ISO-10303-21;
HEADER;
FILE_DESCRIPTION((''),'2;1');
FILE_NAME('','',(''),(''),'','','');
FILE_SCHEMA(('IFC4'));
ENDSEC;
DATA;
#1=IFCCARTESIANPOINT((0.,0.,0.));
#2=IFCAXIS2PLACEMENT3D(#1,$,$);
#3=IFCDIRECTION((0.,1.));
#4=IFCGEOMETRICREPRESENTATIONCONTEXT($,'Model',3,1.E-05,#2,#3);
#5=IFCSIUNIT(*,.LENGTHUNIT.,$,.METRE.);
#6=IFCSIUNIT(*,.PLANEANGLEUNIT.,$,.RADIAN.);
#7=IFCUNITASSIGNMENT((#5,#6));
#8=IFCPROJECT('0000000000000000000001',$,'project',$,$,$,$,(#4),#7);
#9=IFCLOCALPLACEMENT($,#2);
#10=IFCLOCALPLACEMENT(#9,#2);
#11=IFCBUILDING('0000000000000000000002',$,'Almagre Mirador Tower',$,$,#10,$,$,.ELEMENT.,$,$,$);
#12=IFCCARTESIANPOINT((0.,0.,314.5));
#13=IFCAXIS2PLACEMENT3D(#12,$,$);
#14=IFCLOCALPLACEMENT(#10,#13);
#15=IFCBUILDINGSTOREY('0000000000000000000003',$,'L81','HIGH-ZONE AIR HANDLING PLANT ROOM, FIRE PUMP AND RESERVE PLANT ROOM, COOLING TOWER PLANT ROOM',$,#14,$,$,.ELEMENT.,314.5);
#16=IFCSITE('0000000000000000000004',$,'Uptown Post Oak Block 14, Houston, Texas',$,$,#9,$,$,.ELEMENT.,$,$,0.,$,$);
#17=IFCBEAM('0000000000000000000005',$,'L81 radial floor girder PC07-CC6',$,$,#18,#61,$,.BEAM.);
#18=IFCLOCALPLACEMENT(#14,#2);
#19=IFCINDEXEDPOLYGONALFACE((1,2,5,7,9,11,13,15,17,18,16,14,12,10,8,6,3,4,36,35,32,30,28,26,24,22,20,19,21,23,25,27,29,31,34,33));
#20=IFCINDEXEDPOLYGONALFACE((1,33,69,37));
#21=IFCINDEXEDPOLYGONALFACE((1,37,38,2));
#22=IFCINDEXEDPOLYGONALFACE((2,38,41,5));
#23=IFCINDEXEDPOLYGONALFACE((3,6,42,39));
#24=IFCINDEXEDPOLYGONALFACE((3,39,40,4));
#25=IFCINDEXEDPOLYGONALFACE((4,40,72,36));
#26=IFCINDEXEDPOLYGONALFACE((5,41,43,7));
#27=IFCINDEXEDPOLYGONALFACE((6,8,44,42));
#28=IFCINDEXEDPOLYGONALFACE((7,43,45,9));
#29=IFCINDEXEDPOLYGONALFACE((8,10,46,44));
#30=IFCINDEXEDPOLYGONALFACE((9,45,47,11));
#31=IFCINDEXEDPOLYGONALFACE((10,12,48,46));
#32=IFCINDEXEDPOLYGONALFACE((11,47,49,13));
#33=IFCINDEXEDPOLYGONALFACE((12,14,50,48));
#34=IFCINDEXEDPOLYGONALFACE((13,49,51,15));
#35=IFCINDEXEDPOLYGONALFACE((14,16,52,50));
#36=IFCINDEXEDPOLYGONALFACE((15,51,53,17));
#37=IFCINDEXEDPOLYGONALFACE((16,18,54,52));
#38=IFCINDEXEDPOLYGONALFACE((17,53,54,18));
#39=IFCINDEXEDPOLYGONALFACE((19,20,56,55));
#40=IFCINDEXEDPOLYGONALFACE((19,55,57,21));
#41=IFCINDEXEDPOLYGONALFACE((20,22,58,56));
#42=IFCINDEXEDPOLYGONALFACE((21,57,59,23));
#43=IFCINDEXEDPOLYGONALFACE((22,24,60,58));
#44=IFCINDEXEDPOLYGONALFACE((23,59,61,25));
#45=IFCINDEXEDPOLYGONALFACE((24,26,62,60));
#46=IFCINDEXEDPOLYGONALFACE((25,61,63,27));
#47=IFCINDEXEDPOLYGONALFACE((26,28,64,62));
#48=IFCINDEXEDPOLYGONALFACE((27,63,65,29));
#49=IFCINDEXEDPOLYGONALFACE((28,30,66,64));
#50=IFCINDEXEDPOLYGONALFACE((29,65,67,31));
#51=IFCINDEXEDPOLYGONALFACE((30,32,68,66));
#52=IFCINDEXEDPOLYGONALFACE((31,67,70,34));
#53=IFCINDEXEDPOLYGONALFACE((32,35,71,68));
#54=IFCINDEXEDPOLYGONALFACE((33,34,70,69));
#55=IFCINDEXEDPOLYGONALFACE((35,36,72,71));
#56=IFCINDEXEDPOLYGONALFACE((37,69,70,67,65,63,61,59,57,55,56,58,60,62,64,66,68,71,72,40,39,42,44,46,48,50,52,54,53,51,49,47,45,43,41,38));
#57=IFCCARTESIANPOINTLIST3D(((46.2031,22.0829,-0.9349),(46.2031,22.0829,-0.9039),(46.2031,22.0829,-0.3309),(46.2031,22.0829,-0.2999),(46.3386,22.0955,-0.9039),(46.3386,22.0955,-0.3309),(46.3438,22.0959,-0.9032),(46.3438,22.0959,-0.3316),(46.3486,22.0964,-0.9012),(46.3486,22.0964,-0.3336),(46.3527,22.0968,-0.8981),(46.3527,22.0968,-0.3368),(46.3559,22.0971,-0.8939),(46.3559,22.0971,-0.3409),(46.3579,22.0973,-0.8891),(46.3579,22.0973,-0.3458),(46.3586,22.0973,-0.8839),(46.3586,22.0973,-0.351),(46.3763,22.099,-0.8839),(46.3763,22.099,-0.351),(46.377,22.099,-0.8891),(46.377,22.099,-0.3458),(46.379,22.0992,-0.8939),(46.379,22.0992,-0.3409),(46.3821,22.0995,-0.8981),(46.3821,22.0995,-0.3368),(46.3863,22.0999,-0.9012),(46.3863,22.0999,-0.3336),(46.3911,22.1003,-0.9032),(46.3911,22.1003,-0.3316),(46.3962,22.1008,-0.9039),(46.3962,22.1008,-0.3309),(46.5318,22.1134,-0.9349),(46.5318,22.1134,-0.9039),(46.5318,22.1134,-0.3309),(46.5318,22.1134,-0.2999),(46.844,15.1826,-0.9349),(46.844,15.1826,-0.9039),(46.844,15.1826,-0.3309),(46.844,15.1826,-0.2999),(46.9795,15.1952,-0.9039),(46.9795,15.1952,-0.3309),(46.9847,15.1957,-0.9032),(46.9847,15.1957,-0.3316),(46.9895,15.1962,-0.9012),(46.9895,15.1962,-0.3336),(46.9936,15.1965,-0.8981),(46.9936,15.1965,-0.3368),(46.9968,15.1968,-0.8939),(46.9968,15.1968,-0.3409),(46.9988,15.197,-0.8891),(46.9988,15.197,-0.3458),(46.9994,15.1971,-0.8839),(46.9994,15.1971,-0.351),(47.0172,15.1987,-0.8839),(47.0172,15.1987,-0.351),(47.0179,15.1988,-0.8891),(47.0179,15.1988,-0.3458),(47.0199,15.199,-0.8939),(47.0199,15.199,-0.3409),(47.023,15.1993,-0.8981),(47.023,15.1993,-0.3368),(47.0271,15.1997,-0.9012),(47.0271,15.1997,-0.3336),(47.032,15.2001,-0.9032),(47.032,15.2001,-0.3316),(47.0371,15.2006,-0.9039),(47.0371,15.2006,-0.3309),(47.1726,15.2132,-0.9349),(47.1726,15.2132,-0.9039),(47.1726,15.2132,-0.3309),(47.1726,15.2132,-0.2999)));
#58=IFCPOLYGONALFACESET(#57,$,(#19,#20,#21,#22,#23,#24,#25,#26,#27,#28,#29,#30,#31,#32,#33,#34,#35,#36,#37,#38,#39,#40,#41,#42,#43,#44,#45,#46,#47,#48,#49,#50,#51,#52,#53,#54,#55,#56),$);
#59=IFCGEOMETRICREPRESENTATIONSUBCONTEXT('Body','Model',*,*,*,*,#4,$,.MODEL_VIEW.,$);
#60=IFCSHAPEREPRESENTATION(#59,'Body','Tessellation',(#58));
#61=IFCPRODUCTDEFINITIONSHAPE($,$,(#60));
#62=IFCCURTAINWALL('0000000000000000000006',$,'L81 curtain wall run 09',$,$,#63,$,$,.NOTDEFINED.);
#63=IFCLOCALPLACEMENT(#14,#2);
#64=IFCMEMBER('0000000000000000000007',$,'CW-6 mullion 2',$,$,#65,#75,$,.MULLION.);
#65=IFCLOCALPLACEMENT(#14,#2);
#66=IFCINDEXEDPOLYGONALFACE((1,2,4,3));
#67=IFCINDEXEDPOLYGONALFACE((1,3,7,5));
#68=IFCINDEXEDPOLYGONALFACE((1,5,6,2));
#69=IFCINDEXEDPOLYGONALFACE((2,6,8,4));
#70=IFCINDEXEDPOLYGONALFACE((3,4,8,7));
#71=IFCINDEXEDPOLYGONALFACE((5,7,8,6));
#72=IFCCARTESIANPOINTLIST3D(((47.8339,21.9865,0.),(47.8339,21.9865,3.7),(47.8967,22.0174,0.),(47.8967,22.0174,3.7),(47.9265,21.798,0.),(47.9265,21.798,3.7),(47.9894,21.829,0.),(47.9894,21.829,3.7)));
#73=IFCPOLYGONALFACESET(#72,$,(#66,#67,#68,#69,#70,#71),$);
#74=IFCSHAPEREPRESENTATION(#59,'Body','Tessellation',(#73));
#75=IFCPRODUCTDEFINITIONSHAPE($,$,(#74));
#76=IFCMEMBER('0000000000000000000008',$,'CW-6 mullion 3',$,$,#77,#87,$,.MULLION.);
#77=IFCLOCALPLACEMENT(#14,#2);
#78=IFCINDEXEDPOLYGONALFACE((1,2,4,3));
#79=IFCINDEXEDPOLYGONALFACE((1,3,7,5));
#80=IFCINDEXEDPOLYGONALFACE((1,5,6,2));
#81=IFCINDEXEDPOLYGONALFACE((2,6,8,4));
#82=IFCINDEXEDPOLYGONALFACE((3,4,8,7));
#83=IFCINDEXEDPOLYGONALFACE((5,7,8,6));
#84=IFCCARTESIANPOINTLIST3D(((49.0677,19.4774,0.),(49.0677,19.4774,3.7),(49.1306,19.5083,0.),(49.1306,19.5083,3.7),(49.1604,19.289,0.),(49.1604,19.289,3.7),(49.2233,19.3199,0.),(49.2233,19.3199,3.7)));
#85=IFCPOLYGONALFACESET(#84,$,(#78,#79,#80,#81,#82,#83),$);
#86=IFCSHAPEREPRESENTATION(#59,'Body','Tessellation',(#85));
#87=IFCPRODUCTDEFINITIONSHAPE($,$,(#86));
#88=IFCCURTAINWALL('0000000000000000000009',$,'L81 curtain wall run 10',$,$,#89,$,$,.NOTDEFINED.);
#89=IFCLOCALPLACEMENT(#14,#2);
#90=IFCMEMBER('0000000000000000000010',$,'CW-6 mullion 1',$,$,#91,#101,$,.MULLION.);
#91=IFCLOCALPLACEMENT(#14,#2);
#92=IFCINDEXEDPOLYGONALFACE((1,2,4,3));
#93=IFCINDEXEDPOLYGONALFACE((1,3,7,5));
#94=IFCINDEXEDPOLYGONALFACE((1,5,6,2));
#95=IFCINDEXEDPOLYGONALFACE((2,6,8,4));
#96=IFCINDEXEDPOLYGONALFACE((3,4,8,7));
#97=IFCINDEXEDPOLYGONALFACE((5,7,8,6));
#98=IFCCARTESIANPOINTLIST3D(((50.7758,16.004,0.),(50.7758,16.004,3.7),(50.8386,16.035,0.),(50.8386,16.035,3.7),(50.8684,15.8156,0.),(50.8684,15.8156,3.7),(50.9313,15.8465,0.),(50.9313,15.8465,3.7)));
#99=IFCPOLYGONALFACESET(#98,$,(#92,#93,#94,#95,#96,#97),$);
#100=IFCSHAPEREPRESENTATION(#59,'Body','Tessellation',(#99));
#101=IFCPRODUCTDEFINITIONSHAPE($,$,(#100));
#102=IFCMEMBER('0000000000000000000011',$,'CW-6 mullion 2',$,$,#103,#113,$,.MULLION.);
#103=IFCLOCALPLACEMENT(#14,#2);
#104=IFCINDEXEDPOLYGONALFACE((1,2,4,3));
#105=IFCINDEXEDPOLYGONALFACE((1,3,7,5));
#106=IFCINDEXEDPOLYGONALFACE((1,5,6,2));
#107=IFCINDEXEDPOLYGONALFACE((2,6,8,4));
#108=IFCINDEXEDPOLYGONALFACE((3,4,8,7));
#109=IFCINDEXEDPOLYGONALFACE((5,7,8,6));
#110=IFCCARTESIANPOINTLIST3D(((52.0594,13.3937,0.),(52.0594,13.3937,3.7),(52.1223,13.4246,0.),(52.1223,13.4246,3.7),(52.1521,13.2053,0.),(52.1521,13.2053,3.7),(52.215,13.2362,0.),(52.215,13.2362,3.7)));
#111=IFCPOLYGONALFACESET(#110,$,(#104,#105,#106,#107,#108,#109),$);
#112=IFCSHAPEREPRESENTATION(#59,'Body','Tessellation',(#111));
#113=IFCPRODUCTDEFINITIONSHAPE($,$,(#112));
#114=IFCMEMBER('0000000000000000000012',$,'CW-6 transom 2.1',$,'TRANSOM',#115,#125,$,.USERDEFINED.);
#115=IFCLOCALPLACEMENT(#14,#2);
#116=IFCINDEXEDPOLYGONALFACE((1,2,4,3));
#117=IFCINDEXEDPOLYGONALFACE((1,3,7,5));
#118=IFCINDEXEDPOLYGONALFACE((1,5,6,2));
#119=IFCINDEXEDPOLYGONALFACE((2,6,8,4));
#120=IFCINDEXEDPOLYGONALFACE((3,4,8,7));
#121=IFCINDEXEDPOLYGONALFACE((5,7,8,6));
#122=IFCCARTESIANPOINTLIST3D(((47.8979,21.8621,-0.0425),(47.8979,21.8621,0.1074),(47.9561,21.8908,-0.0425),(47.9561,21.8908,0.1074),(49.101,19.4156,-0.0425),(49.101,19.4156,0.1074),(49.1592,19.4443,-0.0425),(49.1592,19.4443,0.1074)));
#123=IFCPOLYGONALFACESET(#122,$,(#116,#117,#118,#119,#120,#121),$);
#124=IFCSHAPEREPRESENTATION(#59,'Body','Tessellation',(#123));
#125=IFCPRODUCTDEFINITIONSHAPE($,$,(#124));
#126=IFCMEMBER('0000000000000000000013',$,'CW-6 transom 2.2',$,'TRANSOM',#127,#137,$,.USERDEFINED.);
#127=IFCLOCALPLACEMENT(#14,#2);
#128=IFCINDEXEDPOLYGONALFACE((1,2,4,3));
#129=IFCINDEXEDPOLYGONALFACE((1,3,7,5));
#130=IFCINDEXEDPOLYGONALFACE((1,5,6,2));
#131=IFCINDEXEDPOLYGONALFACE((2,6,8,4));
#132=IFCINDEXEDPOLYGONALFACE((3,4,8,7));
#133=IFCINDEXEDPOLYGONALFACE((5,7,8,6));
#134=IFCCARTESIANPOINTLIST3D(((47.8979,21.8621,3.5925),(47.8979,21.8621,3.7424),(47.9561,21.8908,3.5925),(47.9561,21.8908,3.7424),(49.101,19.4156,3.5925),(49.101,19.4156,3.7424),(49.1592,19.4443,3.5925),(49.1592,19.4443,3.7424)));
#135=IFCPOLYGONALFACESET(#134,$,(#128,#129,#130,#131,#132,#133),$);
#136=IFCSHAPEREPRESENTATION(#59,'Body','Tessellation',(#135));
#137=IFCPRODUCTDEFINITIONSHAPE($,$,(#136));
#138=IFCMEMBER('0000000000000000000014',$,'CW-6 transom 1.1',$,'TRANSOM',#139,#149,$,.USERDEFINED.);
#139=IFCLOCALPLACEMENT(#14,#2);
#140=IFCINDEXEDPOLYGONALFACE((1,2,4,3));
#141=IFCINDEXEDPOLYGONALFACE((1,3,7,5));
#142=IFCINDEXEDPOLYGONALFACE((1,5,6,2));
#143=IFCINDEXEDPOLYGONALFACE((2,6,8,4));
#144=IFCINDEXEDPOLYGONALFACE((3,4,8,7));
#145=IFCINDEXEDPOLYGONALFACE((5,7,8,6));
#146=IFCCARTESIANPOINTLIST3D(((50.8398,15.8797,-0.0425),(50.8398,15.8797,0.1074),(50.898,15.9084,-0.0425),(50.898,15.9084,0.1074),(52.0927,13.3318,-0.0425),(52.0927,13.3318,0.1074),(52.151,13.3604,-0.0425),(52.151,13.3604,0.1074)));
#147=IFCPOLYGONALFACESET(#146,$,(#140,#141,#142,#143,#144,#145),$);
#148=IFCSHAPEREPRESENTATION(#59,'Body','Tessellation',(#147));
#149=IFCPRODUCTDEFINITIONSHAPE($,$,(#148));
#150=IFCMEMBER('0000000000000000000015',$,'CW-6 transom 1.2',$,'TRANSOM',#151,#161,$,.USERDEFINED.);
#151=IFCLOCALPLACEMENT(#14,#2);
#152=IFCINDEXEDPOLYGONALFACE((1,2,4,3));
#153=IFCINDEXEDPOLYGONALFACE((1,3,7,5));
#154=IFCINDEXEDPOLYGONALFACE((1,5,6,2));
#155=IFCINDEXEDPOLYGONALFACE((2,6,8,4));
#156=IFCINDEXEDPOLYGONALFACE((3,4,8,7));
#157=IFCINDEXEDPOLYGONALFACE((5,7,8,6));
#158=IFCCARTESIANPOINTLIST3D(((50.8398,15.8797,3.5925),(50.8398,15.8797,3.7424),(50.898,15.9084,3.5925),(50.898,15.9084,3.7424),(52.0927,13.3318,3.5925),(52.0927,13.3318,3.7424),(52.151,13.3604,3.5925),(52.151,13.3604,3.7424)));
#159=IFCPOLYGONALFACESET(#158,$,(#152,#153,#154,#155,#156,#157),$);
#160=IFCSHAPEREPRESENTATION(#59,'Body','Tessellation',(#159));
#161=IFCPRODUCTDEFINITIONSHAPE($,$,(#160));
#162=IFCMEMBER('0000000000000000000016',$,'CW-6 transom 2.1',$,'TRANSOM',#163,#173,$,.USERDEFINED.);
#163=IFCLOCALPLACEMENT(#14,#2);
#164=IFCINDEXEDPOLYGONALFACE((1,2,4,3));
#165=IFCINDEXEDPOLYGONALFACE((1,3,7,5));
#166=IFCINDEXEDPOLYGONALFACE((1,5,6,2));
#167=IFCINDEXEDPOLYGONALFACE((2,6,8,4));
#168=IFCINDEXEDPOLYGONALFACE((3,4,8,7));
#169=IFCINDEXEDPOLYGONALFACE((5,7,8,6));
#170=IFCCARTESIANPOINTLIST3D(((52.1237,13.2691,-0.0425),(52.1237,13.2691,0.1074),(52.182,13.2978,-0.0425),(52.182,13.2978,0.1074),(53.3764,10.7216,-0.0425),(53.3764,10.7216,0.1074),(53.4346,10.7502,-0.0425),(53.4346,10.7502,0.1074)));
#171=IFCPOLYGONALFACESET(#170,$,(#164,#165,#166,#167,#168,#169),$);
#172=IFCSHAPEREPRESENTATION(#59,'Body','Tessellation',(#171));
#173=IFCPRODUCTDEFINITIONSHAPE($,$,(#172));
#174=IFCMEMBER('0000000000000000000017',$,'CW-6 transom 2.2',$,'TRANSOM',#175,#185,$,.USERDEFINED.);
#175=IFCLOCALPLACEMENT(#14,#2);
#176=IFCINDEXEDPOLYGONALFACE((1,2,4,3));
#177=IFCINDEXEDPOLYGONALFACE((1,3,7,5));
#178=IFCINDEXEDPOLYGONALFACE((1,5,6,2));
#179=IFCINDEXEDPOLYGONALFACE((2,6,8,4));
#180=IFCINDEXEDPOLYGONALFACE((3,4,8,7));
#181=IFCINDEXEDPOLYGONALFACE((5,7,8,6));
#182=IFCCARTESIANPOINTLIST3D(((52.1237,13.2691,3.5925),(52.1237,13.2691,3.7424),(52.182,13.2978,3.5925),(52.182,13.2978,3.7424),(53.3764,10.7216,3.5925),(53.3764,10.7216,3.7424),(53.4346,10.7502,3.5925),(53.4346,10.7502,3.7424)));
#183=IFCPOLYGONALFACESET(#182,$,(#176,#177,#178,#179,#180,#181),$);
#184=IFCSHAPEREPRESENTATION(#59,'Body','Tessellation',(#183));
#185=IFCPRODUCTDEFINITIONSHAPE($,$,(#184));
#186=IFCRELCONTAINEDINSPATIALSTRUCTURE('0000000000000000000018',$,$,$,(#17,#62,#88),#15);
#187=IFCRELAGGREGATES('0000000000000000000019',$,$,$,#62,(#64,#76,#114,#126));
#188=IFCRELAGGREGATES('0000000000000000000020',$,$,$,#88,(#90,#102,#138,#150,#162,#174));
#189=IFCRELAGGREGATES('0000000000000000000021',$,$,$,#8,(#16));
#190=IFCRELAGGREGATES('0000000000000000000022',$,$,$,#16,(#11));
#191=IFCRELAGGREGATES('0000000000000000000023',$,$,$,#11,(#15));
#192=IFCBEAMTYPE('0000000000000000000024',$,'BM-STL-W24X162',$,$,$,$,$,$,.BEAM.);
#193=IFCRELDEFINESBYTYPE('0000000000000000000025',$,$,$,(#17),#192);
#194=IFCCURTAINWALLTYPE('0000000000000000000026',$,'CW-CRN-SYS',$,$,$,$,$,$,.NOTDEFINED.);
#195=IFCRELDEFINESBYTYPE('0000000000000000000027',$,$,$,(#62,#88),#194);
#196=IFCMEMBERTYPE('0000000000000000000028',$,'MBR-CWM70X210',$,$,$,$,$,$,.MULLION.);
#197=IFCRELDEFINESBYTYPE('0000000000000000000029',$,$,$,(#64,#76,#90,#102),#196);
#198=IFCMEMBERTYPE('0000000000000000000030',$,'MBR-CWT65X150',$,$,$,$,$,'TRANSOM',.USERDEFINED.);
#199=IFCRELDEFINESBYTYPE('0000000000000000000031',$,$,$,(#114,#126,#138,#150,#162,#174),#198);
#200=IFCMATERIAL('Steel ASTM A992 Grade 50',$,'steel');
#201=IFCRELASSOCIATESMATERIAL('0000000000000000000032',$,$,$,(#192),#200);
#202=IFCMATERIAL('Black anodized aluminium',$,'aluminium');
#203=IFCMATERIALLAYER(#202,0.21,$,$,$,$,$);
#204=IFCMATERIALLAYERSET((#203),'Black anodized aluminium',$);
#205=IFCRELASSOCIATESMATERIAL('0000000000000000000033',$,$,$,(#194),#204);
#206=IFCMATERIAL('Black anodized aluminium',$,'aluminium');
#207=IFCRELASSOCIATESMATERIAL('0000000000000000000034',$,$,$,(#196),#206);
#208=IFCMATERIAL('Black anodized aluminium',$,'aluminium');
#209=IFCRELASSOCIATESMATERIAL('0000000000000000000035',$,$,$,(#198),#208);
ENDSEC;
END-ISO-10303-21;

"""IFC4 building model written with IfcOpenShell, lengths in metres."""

from ifc_helpers import new_model, si_unit, direction, frame, origin, origin_2d, place, context, subcontext, project, spatial, rectangle, i_section, extrude, material, layer, layer_set, material_profile, profile_set, type_object, element, aggregate, save


model = new_model("IFC4")

# Units and contexts
model_context = context("Model", 3, precision=1e-05, world=origin(), true_north=direction((0.0, 1.0)))
body_context = subcontext(model_context, "Body", "Model", "MODEL_VIEW")
ifc_project = project(units=[si_unit("LENGTHUNIT", "METRE"), si_unit("PLANEANGLEUNIT", "RADIAN")], contexts=[model_context])

# Site, building, storey
site_placement = place(None, origin())
site = spatial("IfcSite", under=ifc_project, at=site_placement, Name="Uptown Post Oak Block 14, Houston, Texas", CompositionType="ELEMENT", RefElevation=0.0)
building_placement = place(site_placement, origin())
building = spatial("IfcBuilding", under=site, at=building_placement, Name="Almagre Mirador Tower", CompositionType="ELEMENT")
storey_placement = place(building_placement, frame((0.0, 0.0, 314.5)))
storey = spatial("IfcBuildingStorey", under=building, at=storey_placement, Name="L81", Description="HIGH-ZONE AIR HANDLING PLANT ROOM, FIRE PUMP AND RESERVE PLANT ROOM, COOLING TOWER PLANT ROOM", CompositionType="ELEMENT", Elevation=314.5)

# Beam
ifc_material_1 = material(Name="Steel ASTM A992 Grade 50", Category="steel")
ifc_material_profile_1 = material_profile(ifc_material_1, i_section(OverallWidth=0.3301, OverallDepth=0.635, WebThickness=0.0178, FlangeThickness=0.031, FilletRadius=0.02, at=origin_2d()), Name="W24X162")
ifc_profile_set_1 = profile_set([ifc_material_profile_1], Name="Steel ASTM A992 Grade 50")
beam_type_1 = type_object("IfcBeamType", Name="BM-STL-W24X162", PredefinedType="BEAM", material=ifc_profile_set_1)
beam_1_placement = place(storey_placement, frame((46.3674, 22.0981, -0.6174), z_axis=(0.09248, -0.995715, 0.0), x_axis=(0.995715, 0.09248, 0.0)))
element("IfcBeam", 1, at=beam_1_placement, inside=storey, type_object=beam_type_1, Name="L81 radial floor girder PC07-CC6", PredefinedType="BEAM", context=body_context, shape_type="SweptSolid", body=[
    extrude(i_section(OverallWidth=0.3301, OverallDepth=0.635, WebThickness=0.0178, FlangeThickness=0.031, FilletRadius=0.02, at=origin_2d()), origin(), (0.0, 0.0, 1.0), 6.9299),
])

# Curtain walls, members
ifc_material_2 = material(Name="Black anodized aluminium", Category="aluminium")
ifc_layer_1 = layer(ifc_material_2, 0.21)
ifc_layer_set_1 = layer_set([ifc_layer_1], Name="Black anodized aluminium")
curtain_wall_type = type_object("IfcCurtainWallType", Name="CW-CRN-SYS", PredefinedType="NOTDEFINED", material=ifc_layer_set_1)
curtain_wall_1_placement = place(storey_placement, origin())
curtain_wall_1 = element("IfcCurtainWall", 2, at=curtain_wall_1_placement, inside=storey, type_object=curtain_wall_type, Name="L81 curtain wall run 09", PredefinedType="NOTDEFINED")
ifc_material_3 = material(Name="Black anodized aluminium", Category="aluminium")
ifc_material_profile_2 = material_profile(ifc_material_3, rectangle(XDim=0.0701, YDim=0.21, at=origin_2d()), Name="CWM70X210")
ifc_profile_set_2 = profile_set([ifc_material_profile_2], Name="Black anodized aluminium")
member_type_1 = type_object("IfcMemberType", Name="MBR-CWM70X210", PredefinedType="MULLION", material=ifc_profile_set_2)
member_1_placement = place(storey_placement, frame((47.9116, 21.9077, 0.0), z_axis=(0.0, 0.0, 1.0), x_axis=(0.897375, 0.44127, 0.0)))
member_1 = element("IfcMember", 3, at=member_1_placement, type_object=member_type_1, Name="CW-6 mullion 2", PredefinedType="MULLION", context=body_context, shape_type="SweptSolid", body=[
    extrude(rectangle(XDim=0.0701, YDim=0.21, at=origin_2d()), origin(), (0.0, 0.0, 1.0), 3.7),
])
member_2_placement = place(storey_placement, frame((49.1455, 19.3987, 0.0), z_axis=(0.0, 0.0, 1.0), x_axis=(0.897375, 0.44127, 0.0)))
member_2 = element("IfcMember", 4, at=member_2_placement, type_object=member_type_1, Name="CW-6 mullion 3", PredefinedType="MULLION", context=body_context, shape_type="SweptSolid", body=[
    extrude(rectangle(XDim=0.0701, YDim=0.21, at=origin_2d()), origin(), (0.0, 0.0, 1.0), 3.7),
])
curtain_wall_2_placement = place(storey_placement, origin())
curtain_wall_2 = element("IfcCurtainWall", 5, at=curtain_wall_2_placement, inside=storey, type_object=curtain_wall_type, Name="L81 curtain wall run 10", PredefinedType="NOTDEFINED")
member_3_placement = place(storey_placement, frame((50.8535, 15.9253, 0.0), z_axis=(0.0, 0.0, 1.0), x_axis=(0.897363, 0.441294, 0.0)))
member_3 = element("IfcMember", 6, at=member_3_placement, type_object=member_type_1, Name="CW-6 mullion 1", PredefinedType="MULLION", context=body_context, shape_type="SweptSolid", body=[
    extrude(rectangle(XDim=0.0701, YDim=0.21, at=origin_2d()), origin(), (0.0, 0.0, 1.0), 3.7),
])
member_4_placement = place(storey_placement, frame((52.1372, 13.3149, 0.0), z_axis=(0.0, 0.0, 1.0), x_axis=(0.897363, 0.441294, 0.0)))
member_4 = element("IfcMember", 7, at=member_4_placement, type_object=member_type_1, Name="CW-6 mullion 2", PredefinedType="MULLION", context=body_context, shape_type="SweptSolid", body=[
    extrude(rectangle(XDim=0.0701, YDim=0.21, at=origin_2d()), origin(), (0.0, 0.0, 1.0), 3.7),
])

# Members
ifc_material_4 = material(Name="Black anodized aluminium", Category="aluminium")
ifc_material_profile_3 = material_profile(ifc_material_4, rectangle(XDim=0.0649, YDim=0.1499, at=origin_2d()), Name="CWT65X150")
ifc_profile_set_3 = profile_set([ifc_material_profile_3], Name="Black anodized aluminium")
member_type_2 = type_object("IfcMemberType", Name="MBR-CWT65X150", ElementType="TRANSOM", PredefinedType="USERDEFINED", material=ifc_profile_set_3)
member_5_placement = place(storey_placement, frame((47.927, 21.8765, 0.0325), z_axis=(0.441294, -0.897363, 0.0), x_axis=(0.897363, 0.441294, 0.0)))
member_5 = element("IfcMember", 8, at=member_5_placement, type_object=member_type_2, Name="CW-6 transom 2.1", ObjectType="TRANSOM", PredefinedType="USERDEFINED", context=body_context, shape_type="SweptSolid", body=[
    extrude(rectangle(XDim=0.0649, YDim=0.1499, at=origin_2d()), origin(), (0.0, 0.0, 1.0), 2.7263),
])
member_6_placement = place(storey_placement, frame((47.927, 21.8765, 3.6675), z_axis=(0.441294, -0.897363, 0.0), x_axis=(0.897363, 0.441294, 0.0)))
member_6 = element("IfcMember", 9, at=member_6_placement, type_object=member_type_2, Name="CW-6 transom 2.2", ObjectType="TRANSOM", PredefinedType="USERDEFINED", context=body_context, shape_type="SweptSolid", body=[
    extrude(rectangle(XDim=0.0649, YDim=0.1499, at=origin_2d()), origin(), (0.0, 0.0, 1.0), 2.7263),
])
member_7_placement = place(storey_placement, frame((50.8689, 15.894, 0.0325), z_axis=(0.441288, -0.897366, 0.0), x_axis=(0.897366, 0.441288, 0.0)))
member_7 = element("IfcMember", 10, at=member_7_placement, type_object=member_type_2, Name="CW-6 transom 1.1", ObjectType="TRANSOM", PredefinedType="USERDEFINED", context=body_context, shape_type="SweptSolid", body=[
    extrude(rectangle(XDim=0.0649, YDim=0.1499, at=origin_2d()), origin(), (0.0, 0.0, 1.0), 2.8394),
])
member_8_placement = place(storey_placement, frame((50.8689, 15.894, 3.6675), z_axis=(0.441288, -0.897366, 0.0), x_axis=(0.897366, 0.441288, 0.0)))
member_8 = element("IfcMember", 11, at=member_8_placement, type_object=member_type_2, Name="CW-6 transom 1.2", ObjectType="TRANSOM", PredefinedType="USERDEFINED", context=body_context, shape_type="SweptSolid", body=[
    extrude(rectangle(XDim=0.0649, YDim=0.1499, at=origin_2d()), origin(), (0.0, 0.0, 1.0), 2.8394),
])
member_9_placement = place(storey_placement, frame((52.1528, 13.2834, 0.0325), z_axis=(0.441253, -0.897383, 0.0), x_axis=(0.897383, 0.441253, 0.0)))
member_9 = element("IfcMember", 12, at=member_9_placement, type_object=member_type_2, Name="CW-6 transom 2.1", ObjectType="TRANSOM", PredefinedType="USERDEFINED", context=body_context, shape_type="SweptSolid", body=[
    extrude(rectangle(XDim=0.0649, YDim=0.1499, at=origin_2d()), origin(), (0.0, 0.0, 1.0), 2.8389),
])
member_10_placement = place(storey_placement, frame((52.1528, 13.2834, 3.6675), z_axis=(0.441253, -0.897383, 0.0), x_axis=(0.897383, 0.441253, 0.0)))
member_10 = element("IfcMember", 13, at=member_10_placement, type_object=member_type_2, Name="CW-6 transom 2.2", ObjectType="TRANSOM", PredefinedType="USERDEFINED", context=body_context, shape_type="SweptSolid", body=[
    extrude(rectangle(XDim=0.0649, YDim=0.1499, at=origin_2d()), origin(), (0.0, 0.0, 1.0), 2.8389),
])

aggregate(curtain_wall_1, [member_1, member_2, member_5, member_6])
aggregate(curtain_wall_2, [member_3, member_4, member_7, member_8, member_9, member_10])

save(model, "model.ifc")
